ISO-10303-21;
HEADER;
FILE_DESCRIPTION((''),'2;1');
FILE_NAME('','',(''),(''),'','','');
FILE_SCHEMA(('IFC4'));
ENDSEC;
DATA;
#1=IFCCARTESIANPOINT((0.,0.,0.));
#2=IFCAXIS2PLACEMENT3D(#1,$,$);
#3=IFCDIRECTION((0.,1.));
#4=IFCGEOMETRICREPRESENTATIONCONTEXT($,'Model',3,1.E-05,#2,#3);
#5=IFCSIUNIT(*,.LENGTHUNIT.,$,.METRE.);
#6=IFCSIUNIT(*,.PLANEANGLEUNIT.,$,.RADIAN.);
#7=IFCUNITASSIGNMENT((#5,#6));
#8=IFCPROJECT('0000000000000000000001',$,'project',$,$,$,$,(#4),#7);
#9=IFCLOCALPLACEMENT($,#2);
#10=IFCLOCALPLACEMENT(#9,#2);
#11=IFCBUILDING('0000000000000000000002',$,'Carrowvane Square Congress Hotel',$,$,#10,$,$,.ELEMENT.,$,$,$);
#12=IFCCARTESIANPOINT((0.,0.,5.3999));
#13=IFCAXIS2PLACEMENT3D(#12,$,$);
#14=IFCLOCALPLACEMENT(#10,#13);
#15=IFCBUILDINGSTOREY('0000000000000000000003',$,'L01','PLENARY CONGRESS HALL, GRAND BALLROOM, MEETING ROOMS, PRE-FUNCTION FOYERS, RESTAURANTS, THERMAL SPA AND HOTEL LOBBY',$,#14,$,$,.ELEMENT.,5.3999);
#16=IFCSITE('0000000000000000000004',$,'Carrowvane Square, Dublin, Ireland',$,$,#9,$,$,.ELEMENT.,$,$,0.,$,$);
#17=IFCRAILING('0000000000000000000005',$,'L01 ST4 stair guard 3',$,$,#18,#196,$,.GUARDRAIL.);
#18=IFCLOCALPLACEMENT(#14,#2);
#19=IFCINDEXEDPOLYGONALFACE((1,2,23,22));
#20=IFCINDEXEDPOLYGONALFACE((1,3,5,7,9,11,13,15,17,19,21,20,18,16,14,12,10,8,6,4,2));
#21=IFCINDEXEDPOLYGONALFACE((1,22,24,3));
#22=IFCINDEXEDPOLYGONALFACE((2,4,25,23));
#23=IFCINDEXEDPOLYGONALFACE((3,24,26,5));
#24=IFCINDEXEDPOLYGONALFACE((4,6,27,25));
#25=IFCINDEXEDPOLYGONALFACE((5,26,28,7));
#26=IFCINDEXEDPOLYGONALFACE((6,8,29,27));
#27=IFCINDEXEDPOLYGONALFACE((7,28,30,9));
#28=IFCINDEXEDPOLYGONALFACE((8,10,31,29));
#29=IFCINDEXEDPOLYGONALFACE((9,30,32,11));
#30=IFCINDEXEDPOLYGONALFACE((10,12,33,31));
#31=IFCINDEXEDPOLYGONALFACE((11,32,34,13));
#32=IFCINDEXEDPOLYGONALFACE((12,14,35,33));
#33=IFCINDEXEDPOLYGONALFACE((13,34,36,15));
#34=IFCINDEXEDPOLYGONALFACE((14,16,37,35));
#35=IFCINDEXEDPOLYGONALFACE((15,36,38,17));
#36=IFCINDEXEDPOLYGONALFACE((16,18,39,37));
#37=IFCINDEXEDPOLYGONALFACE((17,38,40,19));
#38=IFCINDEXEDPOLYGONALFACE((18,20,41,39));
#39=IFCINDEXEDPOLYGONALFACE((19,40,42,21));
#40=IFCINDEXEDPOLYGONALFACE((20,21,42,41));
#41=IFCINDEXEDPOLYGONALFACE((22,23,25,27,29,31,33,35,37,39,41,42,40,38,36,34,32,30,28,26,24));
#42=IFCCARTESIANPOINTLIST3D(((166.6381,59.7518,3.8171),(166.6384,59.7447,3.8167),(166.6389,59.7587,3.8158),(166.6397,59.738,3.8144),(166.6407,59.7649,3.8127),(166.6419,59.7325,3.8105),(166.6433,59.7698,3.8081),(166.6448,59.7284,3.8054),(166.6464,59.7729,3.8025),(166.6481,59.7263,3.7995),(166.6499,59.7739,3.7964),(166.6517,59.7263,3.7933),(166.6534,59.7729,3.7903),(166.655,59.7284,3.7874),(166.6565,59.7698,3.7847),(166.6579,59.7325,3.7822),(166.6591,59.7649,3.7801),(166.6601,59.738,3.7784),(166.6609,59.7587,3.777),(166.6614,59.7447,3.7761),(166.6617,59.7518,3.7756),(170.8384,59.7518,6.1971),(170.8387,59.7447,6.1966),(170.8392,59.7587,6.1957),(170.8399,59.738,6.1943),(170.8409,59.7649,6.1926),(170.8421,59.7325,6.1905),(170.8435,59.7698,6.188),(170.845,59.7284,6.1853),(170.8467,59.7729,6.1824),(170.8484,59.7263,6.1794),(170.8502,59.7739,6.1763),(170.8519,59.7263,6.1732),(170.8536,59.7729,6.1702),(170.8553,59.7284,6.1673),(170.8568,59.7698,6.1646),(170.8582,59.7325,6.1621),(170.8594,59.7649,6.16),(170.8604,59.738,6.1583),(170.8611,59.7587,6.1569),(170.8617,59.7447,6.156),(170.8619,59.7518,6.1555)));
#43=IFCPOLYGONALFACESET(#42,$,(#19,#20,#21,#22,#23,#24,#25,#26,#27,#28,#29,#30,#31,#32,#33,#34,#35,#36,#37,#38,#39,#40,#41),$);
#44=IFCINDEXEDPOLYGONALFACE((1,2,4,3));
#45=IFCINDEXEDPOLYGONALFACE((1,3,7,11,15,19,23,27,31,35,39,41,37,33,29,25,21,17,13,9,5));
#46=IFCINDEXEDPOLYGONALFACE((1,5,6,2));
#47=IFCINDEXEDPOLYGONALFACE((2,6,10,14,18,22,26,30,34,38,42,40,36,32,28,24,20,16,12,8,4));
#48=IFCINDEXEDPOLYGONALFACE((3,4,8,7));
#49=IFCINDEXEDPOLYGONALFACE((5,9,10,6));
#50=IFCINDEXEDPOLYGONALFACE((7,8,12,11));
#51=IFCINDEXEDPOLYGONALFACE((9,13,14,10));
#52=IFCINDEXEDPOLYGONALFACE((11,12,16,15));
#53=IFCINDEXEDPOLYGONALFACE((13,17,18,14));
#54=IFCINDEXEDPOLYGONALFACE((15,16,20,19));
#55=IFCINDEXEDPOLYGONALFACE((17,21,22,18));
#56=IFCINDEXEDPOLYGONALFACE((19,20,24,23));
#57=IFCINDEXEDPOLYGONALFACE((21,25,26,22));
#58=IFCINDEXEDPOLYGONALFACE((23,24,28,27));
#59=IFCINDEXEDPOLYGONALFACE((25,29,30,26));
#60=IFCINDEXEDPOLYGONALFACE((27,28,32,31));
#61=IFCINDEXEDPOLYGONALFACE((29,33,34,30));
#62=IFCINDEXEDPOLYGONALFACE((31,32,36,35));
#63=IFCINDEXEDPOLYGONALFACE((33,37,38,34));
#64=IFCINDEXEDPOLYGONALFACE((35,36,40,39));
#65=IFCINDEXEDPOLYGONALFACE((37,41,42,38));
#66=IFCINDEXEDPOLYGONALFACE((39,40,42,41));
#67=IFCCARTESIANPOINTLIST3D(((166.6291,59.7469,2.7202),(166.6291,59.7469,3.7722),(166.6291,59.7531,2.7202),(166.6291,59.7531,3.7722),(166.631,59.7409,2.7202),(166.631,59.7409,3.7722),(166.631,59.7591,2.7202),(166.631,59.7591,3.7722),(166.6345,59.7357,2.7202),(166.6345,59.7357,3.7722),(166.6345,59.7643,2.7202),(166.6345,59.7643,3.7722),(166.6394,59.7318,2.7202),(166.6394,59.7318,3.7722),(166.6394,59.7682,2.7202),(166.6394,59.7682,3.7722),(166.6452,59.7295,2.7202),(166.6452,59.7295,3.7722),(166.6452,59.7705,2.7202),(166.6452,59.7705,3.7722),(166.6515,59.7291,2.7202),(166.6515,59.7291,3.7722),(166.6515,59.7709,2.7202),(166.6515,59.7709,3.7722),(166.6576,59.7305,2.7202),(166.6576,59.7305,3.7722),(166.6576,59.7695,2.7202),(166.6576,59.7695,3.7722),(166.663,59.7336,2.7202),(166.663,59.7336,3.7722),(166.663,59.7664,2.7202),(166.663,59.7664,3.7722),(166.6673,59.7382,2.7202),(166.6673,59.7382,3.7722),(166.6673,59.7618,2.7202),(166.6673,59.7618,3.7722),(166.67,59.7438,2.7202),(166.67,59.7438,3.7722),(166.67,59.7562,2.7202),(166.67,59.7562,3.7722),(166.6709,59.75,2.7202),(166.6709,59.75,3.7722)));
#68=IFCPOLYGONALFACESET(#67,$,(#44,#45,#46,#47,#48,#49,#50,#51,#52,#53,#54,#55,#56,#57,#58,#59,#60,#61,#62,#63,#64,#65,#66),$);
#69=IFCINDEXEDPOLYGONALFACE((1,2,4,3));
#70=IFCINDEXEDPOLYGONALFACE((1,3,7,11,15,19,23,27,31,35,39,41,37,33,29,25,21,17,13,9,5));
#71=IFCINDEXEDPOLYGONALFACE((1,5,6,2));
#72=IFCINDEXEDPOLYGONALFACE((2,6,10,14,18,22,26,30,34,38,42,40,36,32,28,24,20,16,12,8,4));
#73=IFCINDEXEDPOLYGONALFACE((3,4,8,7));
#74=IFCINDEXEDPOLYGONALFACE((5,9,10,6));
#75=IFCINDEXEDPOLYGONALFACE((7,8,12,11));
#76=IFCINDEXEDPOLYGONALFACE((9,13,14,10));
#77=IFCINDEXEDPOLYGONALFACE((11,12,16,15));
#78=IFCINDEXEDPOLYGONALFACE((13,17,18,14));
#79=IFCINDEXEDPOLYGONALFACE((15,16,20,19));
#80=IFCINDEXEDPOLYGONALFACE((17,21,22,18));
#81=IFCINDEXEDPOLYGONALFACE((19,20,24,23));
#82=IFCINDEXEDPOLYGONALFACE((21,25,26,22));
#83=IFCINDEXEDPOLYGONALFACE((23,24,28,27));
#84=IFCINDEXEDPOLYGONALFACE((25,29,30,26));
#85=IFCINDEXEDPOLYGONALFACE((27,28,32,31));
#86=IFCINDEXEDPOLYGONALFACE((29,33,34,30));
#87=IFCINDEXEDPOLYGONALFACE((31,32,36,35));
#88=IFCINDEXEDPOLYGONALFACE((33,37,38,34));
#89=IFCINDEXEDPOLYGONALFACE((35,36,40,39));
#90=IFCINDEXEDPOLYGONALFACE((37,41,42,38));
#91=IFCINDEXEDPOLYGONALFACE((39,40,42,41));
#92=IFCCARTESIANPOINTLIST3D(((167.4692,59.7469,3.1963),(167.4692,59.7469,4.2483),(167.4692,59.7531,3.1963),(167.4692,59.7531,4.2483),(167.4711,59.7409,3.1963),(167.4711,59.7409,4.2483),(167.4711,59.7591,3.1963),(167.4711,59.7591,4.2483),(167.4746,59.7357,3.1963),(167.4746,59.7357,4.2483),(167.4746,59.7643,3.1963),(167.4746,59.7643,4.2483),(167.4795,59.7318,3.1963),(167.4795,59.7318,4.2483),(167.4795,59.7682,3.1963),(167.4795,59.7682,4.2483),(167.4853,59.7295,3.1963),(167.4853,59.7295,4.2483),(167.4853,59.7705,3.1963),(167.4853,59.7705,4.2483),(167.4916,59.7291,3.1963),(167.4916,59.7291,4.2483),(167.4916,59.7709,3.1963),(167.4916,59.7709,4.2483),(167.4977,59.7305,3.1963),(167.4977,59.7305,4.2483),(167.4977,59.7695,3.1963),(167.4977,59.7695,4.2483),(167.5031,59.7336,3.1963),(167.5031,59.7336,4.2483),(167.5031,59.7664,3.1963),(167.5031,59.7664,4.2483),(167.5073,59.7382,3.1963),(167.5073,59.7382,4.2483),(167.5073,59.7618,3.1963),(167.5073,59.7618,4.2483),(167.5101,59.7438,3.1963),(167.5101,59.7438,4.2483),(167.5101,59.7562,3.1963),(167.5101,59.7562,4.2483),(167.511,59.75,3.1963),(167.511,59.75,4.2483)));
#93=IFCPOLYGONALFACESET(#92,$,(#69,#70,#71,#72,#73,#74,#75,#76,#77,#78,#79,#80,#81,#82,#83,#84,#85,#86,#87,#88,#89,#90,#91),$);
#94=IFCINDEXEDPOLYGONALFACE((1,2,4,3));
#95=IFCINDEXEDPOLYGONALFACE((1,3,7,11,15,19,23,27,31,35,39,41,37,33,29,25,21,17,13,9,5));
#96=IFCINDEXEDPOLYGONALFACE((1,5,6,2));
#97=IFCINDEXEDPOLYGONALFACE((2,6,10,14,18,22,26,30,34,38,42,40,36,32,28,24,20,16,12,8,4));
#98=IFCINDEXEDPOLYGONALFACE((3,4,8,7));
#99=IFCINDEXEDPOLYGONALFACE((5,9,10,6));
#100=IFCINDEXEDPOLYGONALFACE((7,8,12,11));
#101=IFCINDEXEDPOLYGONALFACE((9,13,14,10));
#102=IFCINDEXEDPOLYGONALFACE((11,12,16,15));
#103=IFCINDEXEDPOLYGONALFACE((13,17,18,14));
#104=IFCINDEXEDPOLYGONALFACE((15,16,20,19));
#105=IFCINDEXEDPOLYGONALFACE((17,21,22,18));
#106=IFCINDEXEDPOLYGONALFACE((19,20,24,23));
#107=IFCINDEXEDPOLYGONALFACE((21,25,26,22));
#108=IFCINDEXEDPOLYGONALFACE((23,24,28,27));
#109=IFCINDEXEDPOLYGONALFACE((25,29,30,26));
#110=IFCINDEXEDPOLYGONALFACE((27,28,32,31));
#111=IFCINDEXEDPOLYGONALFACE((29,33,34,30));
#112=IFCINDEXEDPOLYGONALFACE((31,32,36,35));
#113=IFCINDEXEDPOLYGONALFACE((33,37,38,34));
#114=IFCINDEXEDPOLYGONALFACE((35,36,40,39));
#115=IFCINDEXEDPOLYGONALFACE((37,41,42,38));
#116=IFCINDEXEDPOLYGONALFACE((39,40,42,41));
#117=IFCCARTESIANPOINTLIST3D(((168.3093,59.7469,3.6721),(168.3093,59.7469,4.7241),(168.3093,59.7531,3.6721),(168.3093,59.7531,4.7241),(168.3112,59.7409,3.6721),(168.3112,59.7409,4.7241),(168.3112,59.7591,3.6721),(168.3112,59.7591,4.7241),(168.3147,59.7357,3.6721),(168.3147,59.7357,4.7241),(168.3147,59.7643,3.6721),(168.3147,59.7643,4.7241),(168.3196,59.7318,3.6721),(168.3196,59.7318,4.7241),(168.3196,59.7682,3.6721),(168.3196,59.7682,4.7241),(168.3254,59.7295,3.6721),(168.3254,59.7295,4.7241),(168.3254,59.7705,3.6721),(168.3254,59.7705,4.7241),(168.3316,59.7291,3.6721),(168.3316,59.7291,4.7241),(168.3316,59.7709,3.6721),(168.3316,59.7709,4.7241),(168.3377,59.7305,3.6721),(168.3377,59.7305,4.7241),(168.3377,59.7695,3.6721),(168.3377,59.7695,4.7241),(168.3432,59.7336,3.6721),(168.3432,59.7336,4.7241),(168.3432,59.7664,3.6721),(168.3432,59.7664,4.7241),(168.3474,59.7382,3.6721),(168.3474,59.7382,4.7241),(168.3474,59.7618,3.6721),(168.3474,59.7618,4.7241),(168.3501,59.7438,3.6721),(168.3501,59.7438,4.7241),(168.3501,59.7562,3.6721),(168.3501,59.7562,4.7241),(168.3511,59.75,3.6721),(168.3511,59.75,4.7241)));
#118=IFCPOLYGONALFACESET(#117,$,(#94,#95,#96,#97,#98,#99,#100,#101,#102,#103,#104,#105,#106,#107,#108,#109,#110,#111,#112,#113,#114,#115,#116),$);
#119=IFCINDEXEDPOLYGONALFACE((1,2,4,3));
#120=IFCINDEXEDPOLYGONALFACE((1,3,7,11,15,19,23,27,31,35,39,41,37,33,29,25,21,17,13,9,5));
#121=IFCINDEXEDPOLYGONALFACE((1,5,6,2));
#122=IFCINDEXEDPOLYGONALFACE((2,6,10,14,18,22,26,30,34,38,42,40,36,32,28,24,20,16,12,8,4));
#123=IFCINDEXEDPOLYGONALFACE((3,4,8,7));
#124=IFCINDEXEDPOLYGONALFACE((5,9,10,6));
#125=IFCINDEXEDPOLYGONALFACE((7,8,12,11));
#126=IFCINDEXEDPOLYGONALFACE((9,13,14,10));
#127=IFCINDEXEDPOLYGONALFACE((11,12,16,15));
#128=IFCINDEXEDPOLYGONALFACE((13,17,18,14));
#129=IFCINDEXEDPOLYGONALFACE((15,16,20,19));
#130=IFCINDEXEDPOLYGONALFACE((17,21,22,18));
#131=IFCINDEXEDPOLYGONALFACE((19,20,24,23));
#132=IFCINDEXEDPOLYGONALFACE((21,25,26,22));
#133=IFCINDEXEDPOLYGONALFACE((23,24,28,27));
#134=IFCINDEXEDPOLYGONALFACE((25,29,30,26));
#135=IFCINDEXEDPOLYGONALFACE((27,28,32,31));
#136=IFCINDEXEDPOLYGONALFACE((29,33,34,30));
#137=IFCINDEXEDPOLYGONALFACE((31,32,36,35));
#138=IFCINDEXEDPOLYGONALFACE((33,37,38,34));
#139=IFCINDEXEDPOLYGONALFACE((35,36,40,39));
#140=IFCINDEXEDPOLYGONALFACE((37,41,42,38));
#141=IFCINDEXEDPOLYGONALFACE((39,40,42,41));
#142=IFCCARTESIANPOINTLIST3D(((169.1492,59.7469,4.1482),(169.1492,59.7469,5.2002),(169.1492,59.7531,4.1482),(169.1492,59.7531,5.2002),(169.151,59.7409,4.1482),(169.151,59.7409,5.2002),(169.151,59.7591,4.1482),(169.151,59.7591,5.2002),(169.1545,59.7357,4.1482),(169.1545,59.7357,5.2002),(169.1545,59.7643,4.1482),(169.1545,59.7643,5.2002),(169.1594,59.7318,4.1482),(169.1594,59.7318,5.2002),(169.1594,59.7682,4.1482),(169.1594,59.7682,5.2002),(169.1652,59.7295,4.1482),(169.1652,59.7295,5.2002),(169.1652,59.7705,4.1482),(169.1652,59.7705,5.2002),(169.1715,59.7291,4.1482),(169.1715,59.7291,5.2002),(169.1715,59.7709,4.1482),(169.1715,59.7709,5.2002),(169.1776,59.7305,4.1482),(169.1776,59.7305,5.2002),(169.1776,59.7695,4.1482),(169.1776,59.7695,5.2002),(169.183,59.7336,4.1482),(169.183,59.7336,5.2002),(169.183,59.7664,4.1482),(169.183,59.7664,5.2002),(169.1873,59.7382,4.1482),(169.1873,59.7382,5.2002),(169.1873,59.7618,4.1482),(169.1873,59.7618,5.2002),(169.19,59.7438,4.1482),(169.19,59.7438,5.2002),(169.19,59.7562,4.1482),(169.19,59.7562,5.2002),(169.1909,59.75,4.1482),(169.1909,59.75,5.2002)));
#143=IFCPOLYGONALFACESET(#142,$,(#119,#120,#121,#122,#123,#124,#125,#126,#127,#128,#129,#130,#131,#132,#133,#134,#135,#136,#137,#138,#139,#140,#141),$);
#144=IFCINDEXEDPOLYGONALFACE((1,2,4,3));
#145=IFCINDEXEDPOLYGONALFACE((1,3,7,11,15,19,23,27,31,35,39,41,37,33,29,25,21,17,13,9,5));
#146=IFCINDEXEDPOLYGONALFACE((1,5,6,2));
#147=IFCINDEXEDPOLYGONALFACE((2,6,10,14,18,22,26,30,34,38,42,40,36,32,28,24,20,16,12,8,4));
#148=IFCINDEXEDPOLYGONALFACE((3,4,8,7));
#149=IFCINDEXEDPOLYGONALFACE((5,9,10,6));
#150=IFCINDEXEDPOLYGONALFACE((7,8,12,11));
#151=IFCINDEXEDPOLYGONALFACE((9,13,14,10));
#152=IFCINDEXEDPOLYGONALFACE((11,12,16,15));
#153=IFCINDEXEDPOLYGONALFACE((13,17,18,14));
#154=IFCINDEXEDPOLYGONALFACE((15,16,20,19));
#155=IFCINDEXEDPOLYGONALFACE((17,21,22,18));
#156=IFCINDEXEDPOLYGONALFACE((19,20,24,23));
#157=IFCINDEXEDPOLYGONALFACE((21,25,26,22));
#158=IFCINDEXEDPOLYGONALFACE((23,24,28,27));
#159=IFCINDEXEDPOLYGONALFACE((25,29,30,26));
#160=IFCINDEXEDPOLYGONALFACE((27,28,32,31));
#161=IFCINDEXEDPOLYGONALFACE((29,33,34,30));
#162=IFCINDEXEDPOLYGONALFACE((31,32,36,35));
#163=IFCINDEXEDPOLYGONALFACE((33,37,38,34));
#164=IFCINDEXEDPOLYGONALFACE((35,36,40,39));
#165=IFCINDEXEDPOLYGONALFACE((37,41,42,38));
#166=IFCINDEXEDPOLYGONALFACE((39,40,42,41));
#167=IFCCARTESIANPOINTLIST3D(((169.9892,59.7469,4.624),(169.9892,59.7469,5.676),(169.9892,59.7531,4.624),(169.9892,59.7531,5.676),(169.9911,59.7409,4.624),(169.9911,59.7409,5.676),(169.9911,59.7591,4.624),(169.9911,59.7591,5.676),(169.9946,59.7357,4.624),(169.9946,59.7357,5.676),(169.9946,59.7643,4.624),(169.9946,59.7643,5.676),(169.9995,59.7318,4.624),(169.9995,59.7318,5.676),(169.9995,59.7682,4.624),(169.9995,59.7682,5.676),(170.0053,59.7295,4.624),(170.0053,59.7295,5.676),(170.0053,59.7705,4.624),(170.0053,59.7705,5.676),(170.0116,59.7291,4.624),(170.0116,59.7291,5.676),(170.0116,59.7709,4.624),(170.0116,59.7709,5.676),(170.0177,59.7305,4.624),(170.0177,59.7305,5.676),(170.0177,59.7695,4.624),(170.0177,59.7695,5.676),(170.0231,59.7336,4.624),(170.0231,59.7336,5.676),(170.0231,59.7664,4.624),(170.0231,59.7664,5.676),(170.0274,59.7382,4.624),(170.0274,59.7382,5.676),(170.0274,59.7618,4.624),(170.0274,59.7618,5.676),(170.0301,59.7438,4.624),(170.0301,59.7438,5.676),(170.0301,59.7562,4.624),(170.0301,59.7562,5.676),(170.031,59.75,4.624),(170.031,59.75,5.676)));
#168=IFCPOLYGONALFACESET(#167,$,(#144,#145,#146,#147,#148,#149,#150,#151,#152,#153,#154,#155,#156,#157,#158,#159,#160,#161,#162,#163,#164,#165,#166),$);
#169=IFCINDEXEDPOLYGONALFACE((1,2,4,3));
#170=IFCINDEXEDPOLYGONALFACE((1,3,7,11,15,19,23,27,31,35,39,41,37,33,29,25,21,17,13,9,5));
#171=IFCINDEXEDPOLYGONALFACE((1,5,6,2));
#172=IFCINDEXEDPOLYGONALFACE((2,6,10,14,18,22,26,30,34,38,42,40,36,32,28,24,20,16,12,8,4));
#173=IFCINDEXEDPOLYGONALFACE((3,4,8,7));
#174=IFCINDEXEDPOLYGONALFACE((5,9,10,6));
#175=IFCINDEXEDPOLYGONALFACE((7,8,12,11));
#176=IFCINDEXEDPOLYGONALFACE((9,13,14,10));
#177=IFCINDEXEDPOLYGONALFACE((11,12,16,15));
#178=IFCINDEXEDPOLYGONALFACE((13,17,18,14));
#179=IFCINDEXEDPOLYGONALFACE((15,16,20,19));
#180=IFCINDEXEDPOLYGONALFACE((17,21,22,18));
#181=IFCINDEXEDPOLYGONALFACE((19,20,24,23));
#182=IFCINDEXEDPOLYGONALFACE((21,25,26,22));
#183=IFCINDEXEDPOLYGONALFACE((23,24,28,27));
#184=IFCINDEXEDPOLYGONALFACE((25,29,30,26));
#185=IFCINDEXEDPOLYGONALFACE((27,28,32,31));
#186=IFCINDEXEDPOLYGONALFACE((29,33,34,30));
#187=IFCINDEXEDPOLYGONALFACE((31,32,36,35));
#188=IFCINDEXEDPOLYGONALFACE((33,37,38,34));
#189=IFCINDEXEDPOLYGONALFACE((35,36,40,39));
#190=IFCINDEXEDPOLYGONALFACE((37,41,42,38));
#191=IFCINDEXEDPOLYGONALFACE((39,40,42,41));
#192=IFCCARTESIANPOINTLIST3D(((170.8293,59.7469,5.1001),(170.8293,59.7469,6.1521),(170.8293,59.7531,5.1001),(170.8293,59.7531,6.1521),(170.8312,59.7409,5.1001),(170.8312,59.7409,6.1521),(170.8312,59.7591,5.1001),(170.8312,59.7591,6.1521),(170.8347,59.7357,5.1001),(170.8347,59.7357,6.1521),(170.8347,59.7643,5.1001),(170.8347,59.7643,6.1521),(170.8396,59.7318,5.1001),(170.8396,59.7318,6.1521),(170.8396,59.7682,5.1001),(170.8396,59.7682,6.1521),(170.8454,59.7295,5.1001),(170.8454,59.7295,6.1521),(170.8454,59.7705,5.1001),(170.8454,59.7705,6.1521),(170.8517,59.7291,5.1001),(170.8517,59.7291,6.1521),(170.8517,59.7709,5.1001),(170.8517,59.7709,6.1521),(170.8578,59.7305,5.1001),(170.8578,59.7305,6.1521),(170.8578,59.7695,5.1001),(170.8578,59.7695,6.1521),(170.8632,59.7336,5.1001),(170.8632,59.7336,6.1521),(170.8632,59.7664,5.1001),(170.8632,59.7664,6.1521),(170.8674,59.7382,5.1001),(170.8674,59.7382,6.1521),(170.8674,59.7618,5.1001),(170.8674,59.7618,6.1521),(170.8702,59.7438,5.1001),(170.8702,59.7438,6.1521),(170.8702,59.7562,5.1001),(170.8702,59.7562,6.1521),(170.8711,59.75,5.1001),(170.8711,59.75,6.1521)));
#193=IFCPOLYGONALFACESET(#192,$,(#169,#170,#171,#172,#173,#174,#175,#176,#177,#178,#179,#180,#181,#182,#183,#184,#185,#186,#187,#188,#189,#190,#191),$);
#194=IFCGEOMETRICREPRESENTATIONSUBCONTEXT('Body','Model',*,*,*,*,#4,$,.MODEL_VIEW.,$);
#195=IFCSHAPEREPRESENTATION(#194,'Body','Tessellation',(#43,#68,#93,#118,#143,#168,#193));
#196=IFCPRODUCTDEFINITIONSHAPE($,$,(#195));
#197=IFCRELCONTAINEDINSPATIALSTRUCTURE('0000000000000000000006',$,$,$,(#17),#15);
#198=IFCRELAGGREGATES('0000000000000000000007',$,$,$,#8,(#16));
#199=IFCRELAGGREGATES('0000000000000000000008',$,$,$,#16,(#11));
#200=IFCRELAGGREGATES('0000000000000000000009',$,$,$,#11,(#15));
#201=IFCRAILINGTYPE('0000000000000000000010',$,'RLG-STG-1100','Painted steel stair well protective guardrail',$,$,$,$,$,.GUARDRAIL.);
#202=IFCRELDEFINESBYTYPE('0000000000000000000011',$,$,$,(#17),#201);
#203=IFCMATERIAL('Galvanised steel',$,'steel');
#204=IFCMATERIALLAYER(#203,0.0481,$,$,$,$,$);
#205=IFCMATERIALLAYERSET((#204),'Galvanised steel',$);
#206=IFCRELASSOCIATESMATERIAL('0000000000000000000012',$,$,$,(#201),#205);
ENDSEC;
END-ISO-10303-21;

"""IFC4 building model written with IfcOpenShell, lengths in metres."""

from ifc_helpers import new_model, si_unit, direction, frame, origin, origin_2d, place, context, subcontext, project, spatial, circle, extrude, material, layer, layer_set, type_object, element, save


model = new_model("IFC4")

# Units and contexts
model_context = context("Model", 3, precision=1e-05, world=origin(), true_north=direction((0.0, 1.0)))
body_context = subcontext(model_context, "Body", "Model", "MODEL_VIEW")
ifc_project = project(units=[si_unit("LENGTHUNIT", "METRE"), si_unit("PLANEANGLEUNIT", "RADIAN")], contexts=[model_context])

# Site, building, storey
site_placement = place(None, origin())
site = spatial("IfcSite", under=ifc_project, at=site_placement, Name="Carrowvane Square, Dublin, Ireland", CompositionType="ELEMENT", RefElevation=0.0)
building_placement = place(site_placement, origin())
building = spatial("IfcBuilding", under=site, at=building_placement, Name="Carrowvane Square Congress Hotel", CompositionType="ELEMENT")
storey_placement = place(building_placement, frame((0.0, 0.0, 5.3999)))
storey = spatial("IfcBuildingStorey", under=building, at=storey_placement, Name="L01", Description="PLENARY CONGRESS HALL, GRAND BALLROOM, MEETING ROOMS, PRE-FUNCTION FOYERS, RESTAURANTS, THERMAL SPA AND HOTEL LOBBY", CompositionType="ELEMENT", Elevation=5.3999)

# Railing
ifc_material_1 = material(Name="Galvanised steel", Category="steel")
ifc_layer_1 = layer(ifc_material_1, 0.0481)
ifc_layer_set_1 = layer_set([ifc_layer_1], Name="Galvanised steel")
railing_type_1 = type_object("IfcRailingType", Name="RLG-STG-1100", Description="Painted steel stair well protective guardrail", PredefinedType="GUARDRAIL", material=ifc_layer_set_1)
railing_1_placement = place(storey_placement, frame((166.6499, 59.75, 2.7202)))
element("IfcRailing", 1, at=railing_1_placement, inside=storey, type_object=railing_type_1, Name="L01 ST4 stair guard 3", PredefinedType="GUARDRAIL", context=body_context, shape_type="SweptSolid", body=[
    extrude(circle(Radius=0.0239, at=origin_2d()), frame((0.0, 0.0, 1.0762), z_axis=(0.870042, 0.0, 0.492977), x_axis=(0.0, 1.0, 0.0)), (0.0, 0.0, 1.0), 4.8276),
    extrude(circle(Radius=0.021, at=origin_2d()), origin(), (0.0, 0.0, 1.0), 1.052),
    extrude(circle(Radius=0.021, at=origin_2d()), frame((0.8401, 0.0, 0.4761)), (0.0, 0.0, 1.0), 1.052),
    extrude(circle(Radius=0.021, at=origin_2d()), frame((1.6802, 0.0, 0.9519)), (0.0, 0.0, 1.0), 1.052),
    extrude(circle(Radius=0.021, at=origin_2d()), frame((2.52, 0.0, 1.428)), (0.0, 0.0, 1.0), 1.052),
    extrude(circle(Radius=0.021, at=origin_2d()), frame((3.3601, 0.0, 1.9038)), (0.0, 0.0, 1.0), 1.052),
    extrude(circle(Radius=0.021, at=origin_2d()), frame((4.2002, 0.0, 2.3799)), (0.0, 0.0, 1.0), 1.052),
])

save(model, "model.ifc")
